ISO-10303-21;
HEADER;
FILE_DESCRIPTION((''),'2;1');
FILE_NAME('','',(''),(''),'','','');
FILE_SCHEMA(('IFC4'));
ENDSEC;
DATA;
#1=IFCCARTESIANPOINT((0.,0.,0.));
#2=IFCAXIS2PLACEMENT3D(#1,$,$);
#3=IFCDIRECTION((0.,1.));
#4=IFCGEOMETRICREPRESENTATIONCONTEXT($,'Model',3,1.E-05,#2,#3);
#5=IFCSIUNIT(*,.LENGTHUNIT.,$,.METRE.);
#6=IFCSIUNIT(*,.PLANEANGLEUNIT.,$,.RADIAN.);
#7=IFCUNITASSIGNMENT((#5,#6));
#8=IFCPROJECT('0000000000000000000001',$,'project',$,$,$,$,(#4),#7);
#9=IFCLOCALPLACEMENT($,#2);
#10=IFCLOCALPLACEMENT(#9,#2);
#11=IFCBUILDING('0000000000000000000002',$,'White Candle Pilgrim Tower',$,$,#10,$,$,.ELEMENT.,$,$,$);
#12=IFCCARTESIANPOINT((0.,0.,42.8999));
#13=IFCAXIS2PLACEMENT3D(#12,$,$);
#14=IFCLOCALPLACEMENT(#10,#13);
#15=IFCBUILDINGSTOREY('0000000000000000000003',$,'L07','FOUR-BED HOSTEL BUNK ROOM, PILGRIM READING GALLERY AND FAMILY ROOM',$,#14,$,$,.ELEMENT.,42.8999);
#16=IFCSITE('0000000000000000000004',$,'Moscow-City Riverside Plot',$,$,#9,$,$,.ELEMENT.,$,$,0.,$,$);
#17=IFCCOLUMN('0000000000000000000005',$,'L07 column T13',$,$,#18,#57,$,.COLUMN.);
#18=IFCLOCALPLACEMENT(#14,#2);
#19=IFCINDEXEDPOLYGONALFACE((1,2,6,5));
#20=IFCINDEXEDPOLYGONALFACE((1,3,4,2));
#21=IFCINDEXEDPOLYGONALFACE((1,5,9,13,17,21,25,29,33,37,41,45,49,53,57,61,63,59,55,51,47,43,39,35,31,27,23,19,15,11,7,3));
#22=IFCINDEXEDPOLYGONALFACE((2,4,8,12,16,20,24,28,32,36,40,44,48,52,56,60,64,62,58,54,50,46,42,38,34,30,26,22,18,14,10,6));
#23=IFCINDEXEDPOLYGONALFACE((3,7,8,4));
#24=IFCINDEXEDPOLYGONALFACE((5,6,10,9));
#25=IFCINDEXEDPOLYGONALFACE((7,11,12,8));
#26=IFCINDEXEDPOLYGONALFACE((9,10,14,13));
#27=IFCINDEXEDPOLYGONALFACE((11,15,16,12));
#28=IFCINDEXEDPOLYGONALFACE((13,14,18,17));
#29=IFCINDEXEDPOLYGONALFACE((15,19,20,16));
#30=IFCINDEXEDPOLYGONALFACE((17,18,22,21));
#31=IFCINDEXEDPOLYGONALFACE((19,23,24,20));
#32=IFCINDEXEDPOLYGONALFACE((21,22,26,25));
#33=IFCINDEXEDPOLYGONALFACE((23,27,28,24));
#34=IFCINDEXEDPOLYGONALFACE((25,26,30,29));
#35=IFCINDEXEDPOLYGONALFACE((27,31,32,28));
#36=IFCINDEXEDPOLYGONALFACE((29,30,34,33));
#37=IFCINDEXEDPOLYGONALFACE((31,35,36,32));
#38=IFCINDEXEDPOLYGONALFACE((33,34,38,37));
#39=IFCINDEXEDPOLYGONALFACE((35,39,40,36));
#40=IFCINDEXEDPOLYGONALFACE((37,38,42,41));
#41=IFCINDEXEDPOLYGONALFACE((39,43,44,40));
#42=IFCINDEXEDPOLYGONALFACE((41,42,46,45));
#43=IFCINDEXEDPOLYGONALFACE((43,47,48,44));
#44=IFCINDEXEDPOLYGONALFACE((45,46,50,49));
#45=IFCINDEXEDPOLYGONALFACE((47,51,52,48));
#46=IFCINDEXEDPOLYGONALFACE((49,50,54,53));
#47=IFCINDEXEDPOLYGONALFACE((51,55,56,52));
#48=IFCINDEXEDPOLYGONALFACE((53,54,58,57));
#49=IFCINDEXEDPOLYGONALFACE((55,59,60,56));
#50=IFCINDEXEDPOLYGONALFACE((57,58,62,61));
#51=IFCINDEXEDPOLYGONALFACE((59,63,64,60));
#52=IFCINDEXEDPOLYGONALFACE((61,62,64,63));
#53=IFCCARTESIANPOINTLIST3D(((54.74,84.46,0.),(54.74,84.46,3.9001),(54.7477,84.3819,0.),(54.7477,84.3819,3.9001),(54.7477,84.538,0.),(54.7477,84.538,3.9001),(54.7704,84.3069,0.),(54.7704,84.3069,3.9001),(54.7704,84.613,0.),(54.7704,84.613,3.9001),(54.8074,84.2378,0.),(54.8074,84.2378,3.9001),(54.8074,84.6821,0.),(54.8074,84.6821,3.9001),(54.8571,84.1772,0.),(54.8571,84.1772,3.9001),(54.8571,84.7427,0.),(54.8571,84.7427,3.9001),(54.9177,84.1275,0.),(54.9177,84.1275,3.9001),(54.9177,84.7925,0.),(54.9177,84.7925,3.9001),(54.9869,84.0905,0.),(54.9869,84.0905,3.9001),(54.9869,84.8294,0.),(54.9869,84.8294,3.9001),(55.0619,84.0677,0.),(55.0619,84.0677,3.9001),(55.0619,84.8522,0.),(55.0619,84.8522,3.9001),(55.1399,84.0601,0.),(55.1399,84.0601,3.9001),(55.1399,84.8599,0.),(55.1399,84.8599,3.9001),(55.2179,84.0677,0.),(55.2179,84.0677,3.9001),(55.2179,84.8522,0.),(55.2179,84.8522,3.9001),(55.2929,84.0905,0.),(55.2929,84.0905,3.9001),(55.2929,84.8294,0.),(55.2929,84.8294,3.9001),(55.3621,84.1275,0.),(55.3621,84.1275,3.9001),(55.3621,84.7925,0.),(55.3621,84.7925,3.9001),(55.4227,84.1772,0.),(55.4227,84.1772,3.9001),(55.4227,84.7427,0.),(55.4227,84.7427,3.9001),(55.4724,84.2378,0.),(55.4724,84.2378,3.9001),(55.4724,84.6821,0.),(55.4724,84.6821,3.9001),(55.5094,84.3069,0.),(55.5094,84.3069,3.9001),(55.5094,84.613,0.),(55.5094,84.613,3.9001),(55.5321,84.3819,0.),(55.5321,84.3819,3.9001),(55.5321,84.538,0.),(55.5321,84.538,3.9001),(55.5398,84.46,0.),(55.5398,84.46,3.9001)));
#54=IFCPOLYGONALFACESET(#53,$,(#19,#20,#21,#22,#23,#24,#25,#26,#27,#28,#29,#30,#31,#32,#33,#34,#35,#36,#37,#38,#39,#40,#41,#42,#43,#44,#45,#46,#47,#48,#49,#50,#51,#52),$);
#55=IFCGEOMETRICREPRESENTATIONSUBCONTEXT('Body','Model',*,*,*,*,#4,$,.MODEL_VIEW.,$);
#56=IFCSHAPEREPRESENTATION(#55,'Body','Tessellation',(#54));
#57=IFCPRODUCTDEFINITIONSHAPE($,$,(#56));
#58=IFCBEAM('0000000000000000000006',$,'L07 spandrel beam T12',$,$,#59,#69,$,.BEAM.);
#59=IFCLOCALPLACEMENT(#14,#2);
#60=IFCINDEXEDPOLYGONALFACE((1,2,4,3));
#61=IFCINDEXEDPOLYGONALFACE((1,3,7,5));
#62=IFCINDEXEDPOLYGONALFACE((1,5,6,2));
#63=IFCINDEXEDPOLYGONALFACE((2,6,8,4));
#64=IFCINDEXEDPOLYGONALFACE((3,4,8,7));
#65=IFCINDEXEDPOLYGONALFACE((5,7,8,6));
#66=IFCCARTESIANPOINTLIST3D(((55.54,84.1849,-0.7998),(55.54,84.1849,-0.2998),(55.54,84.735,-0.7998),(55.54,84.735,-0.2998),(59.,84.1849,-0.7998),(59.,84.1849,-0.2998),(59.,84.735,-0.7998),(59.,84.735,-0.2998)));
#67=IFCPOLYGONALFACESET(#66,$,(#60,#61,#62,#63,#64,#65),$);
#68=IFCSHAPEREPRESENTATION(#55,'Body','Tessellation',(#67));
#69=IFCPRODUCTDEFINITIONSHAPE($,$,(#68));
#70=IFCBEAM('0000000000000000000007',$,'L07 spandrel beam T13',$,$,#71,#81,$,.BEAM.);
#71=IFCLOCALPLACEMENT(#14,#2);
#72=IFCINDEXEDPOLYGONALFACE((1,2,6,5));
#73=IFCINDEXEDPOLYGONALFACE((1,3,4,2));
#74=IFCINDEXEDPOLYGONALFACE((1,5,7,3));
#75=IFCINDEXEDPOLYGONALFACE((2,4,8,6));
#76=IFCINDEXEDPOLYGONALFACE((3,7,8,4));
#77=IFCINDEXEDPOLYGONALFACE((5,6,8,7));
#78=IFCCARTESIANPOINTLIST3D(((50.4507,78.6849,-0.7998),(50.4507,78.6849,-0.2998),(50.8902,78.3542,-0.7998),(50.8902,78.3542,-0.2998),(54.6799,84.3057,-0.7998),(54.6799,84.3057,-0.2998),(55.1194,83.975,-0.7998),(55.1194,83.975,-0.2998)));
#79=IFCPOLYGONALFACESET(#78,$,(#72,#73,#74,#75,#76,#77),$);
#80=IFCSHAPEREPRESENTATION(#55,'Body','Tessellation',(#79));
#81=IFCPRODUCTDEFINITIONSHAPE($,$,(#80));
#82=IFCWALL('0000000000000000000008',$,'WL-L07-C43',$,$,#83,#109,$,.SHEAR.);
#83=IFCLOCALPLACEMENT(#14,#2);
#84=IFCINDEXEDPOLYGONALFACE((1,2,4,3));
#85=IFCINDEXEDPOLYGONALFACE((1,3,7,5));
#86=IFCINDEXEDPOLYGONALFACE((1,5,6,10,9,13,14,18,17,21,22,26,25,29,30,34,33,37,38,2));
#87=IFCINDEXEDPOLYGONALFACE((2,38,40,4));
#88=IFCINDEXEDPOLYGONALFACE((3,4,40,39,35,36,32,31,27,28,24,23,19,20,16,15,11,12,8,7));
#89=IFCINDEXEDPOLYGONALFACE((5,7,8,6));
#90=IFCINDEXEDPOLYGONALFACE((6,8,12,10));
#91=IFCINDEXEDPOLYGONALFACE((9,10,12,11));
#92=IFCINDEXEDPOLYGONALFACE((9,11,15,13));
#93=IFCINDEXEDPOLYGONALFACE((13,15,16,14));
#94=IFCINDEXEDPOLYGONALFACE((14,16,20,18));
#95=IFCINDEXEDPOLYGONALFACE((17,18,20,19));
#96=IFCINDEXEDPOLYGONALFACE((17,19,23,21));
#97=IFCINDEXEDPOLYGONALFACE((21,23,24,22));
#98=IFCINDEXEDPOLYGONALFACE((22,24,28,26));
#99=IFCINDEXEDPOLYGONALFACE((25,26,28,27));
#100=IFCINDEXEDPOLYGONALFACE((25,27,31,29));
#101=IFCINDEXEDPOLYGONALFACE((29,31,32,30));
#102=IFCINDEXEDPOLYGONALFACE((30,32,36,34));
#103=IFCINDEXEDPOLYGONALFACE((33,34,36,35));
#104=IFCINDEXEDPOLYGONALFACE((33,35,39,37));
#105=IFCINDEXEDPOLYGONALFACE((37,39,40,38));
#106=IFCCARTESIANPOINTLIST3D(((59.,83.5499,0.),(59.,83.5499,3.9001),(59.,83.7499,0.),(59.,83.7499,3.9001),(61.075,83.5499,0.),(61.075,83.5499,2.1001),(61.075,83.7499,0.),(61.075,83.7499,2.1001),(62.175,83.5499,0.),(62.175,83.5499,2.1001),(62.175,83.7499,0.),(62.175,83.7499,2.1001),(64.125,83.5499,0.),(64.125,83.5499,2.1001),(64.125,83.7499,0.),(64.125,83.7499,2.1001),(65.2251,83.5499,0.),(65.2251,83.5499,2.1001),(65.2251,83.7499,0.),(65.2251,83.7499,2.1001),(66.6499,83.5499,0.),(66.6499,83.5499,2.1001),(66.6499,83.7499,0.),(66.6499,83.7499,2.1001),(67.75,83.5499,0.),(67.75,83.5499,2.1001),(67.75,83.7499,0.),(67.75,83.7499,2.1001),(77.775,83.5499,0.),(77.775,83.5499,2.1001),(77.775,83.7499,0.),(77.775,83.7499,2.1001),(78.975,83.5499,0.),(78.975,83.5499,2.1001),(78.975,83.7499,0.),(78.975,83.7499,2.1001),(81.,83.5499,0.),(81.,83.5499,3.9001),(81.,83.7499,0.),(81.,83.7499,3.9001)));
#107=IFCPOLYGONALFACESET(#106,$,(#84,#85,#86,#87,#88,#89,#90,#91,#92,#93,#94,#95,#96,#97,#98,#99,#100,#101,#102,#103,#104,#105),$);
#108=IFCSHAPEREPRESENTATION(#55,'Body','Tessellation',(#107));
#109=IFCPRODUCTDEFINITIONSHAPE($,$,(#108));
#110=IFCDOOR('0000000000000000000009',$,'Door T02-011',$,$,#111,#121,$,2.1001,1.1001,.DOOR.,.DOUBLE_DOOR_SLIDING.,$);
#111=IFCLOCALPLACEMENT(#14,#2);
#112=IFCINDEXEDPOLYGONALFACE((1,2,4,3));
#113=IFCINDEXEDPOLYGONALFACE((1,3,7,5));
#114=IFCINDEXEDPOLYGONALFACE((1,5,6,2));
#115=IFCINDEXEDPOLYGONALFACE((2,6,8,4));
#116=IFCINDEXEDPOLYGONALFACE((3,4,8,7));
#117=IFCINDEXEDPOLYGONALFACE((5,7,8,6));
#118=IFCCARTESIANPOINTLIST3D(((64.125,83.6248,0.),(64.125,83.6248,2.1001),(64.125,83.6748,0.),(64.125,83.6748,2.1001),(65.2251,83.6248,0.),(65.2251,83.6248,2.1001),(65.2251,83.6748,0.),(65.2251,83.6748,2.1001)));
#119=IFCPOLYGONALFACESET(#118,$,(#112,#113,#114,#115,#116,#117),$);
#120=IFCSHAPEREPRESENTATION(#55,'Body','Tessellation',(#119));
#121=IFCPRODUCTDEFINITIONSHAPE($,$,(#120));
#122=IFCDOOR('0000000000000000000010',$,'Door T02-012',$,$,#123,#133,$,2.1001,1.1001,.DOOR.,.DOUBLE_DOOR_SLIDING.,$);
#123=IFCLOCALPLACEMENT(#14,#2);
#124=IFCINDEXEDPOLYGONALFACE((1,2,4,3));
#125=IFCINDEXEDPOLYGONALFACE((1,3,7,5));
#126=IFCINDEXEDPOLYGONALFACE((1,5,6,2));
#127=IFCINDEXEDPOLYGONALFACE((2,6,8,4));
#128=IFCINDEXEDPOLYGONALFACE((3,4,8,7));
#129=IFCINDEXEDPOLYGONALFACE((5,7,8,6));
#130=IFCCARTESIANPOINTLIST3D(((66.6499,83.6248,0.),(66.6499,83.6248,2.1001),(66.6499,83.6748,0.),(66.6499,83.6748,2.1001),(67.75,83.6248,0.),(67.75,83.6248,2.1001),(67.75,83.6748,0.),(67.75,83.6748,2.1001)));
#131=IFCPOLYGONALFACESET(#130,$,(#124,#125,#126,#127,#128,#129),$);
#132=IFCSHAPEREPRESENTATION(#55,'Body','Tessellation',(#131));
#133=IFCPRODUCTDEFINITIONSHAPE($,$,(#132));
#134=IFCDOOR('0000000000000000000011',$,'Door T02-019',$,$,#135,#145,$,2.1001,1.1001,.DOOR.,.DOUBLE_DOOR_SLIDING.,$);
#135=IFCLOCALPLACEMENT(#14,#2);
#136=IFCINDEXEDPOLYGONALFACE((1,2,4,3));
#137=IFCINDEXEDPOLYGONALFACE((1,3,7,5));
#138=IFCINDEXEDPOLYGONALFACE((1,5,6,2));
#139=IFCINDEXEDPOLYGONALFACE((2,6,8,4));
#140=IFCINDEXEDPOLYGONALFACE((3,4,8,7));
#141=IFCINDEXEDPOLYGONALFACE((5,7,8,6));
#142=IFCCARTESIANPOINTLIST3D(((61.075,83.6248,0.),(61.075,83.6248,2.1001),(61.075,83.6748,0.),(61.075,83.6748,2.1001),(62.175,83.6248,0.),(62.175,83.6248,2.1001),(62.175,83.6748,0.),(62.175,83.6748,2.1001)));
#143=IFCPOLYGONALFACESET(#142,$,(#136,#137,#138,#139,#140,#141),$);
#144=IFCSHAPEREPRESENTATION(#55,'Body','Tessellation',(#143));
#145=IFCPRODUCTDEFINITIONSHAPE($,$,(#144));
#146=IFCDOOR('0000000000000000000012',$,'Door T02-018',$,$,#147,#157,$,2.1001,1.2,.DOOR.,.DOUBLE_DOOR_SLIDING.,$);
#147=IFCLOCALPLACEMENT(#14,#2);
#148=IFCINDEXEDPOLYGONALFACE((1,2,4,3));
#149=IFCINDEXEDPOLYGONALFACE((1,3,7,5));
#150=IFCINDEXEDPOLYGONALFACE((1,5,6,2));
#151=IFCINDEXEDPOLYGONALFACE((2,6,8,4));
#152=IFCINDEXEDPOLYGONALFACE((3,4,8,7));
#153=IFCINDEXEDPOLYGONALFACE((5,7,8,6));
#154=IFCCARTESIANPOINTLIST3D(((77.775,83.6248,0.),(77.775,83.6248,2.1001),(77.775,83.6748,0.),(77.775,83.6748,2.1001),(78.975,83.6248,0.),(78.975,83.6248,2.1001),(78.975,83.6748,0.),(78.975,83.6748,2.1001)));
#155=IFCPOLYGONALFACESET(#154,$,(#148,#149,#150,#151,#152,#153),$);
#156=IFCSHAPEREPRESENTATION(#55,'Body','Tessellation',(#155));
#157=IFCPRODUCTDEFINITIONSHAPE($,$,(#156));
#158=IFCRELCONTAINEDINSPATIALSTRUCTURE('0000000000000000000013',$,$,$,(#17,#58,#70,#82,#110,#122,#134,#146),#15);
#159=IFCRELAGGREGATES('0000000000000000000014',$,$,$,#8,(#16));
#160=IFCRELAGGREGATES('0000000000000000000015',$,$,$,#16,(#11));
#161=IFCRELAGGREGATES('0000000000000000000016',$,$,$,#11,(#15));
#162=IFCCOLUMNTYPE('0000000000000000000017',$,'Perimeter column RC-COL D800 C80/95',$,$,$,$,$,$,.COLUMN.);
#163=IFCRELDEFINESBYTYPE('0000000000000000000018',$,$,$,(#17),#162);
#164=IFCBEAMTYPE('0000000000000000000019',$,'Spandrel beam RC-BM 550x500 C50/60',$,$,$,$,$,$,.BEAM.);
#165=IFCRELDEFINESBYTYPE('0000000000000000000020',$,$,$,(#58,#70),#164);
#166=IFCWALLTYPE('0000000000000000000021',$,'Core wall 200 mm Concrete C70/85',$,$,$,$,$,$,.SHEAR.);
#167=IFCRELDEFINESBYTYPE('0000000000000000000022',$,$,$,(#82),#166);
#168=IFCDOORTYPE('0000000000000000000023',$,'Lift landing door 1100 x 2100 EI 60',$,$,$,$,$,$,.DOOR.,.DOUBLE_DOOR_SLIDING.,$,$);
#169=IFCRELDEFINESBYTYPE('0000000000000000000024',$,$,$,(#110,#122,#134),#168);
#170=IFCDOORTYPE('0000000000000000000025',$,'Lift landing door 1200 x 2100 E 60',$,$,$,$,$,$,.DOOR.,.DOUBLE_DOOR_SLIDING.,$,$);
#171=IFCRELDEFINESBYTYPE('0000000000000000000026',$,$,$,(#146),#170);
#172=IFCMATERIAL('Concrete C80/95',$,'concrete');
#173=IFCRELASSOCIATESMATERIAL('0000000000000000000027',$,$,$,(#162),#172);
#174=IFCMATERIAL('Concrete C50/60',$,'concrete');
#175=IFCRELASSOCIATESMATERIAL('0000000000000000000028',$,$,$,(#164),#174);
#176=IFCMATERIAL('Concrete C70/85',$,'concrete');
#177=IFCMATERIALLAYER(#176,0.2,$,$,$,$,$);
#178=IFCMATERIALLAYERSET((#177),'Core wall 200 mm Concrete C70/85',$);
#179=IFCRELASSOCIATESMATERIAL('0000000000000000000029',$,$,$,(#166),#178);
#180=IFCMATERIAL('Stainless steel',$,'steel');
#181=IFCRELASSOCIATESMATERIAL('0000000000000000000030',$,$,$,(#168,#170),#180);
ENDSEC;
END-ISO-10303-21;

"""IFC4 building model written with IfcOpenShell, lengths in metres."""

from ifc_helpers import new_model, si_unit, direction, frame, frame_2d, origin, origin_2d, place, context, subcontext, project, spatial, rectangle, circle, extrude, material, layer, layer_set, material_profile, profile_set, type_object, element, fill, save


model = new_model("IFC4")

# Units and contexts
model_context = context("Model", 3, precision=1e-05, world=origin(), true_north=direction((0.0, 1.0)))
body_context = subcontext(model_context, "Body", "Model", "MODEL_VIEW")
ifc_project = project(units=[si_unit("LENGTHUNIT", "METRE"), si_unit("PLANEANGLEUNIT", "RADIAN")], contexts=[model_context])

# Site, building, storey
site_placement = place(None, origin())
site = spatial("IfcSite", under=ifc_project, at=site_placement, Name="Moscow-City Riverside Plot", CompositionType="ELEMENT", RefElevation=0.0)
building_placement = place(site_placement, origin())
building = spatial("IfcBuilding", under=site, at=building_placement, Name="White Candle Pilgrim Tower", CompositionType="ELEMENT")
storey_placement = place(building_placement, frame((0.0, 0.0, 42.8999)))
storey = spatial("IfcBuildingStorey", under=building, at=storey_placement, Name="L07", Description="FOUR-BED HOSTEL BUNK ROOM, PILGRIM READING GALLERY AND FAMILY ROOM", CompositionType="ELEMENT", Elevation=42.8999)

# Column
ifc_material_1 = material(Name="Concrete C80/95", Category="concrete")
ifc_material_profile_1 = material_profile(ifc_material_1, circle(Radius=0.3999, at=origin_2d()), Name="RC-COL D800")
ifc_profile_set_1 = profile_set([ifc_material_profile_1], Name="Concrete C80/95")
column_type = type_object("IfcColumnType", Name="Perimeter column RC-COL D800 C80/95", PredefinedType="COLUMN", material=ifc_profile_set_1)
column_placement = place(storey_placement, frame((55.1399, 84.46, 0.0), z_axis=(0.0, 0.0, 1.0), x_axis=(1.0, 0.0, 0.0)))
element("IfcColumn", 1, at=column_placement, inside=storey, type_object=column_type, Name="L07 column T13", PredefinedType="COLUMN", context=body_context, shape_type="SweptSolid", body=[
    extrude(circle(Radius=0.3999, at=origin_2d()), origin(), (0.0, 0.0, 1.0), 3.9001),
])

# Beams
ifc_material_2 = material(Name="Concrete C50/60", Category="concrete")
ifc_material_profile_2 = material_profile(ifc_material_2, rectangle(XDim=0.55, YDim=0.5, at=origin_2d()), Name="RC-BM 550x500")
ifc_profile_set_2 = profile_set([ifc_material_profile_2], Name="Concrete C50/60")
beam_type = type_object("IfcBeamType", Name="Spandrel beam RC-BM 550x500 C50/60", PredefinedType="BEAM", material=ifc_profile_set_2)
beam_1_placement = place(storey_placement, frame((55.54, 84.46, -0.5498), z_axis=(1.0, 0.0, 0.0), x_axis=(0.0, 1.0, 0.0)))
element("IfcBeam", 2, at=beam_1_placement, inside=storey, type_object=beam_type, Name="L07 spandrel beam T12", PredefinedType="BEAM", context=body_context, shape_type="SweptSolid", body=[
    extrude(rectangle(XDim=0.55, YDim=0.5, at=origin_2d()), origin(), (0.0, 0.0, 1.0), 3.46),
])
beam_2_placement = place(storey_placement, frame((54.8997, 84.1404, -0.5498), z_axis=(-0.601238, -0.79907, 0.0), x_axis=(0.79907, -0.601238, 0.0)))
element("IfcBeam", 3, at=beam_2_placement, inside=storey, type_object=beam_type, Name="L07 spandrel beam T13", PredefinedType="BEAM", context=body_context, shape_type="SweptSolid", body=[
    extrude(rectangle(XDim=0.55, YDim=0.5, at=origin_2d()), origin(), (0.0, 0.0, 1.0), 7.0342),
])

# Wall, openings, doors
ifc_material_3 = material(Name="Concrete C70/85", Category="concrete")
ifc_layer_1 = layer(ifc_material_3, 0.2)
ifc_layer_set_1 = layer_set([ifc_layer_1], Name="Core wall 200 mm Concrete C70/85")
wall_type_1 = type_object("IfcWallType", Name="Core wall 200 mm Concrete C70/85", PredefinedType="SHEAR", material=ifc_layer_set_1)
wall_1_placement = place(storey_placement, frame((59.0, 83.6499, 0.0), z_axis=(0.0, 0.0, 1.0), x_axis=(1.0, 0.0, 0.0)))
wall_1 = element("IfcWall", 4, at=wall_1_placement, inside=storey, type_object=wall_type_1, Name="WL-L07-C43", PredefinedType="SHEAR", context=body_context, shape_type="SweptSolid", body=[
    extrude(rectangle(XDim=22.0, YDim=0.2, at=frame_2d((11.0, 0.0))), origin(), (0.0, 0.0, 1.0), 3.9001),
])
opening_1_placement = place(wall_1_placement, frame((5.125, 0.0, 0.0)))
opening_1 = element("IfcOpeningElement", 5, at=opening_1_placement, cuts=wall_1, PredefinedType="OPENING", context=body_context, shape_type="SweptSolid", body=[
    extrude(rectangle(XDim=1.1001, YDim=2.1001, at=frame_2d((0.55, 1.05))), frame((0.0, 0.1099, 0.0), z_axis=(0.0, -1.0, 0.0), x_axis=(1.0, 0.0, 0.0)), (0.0, 0.0, 1.0), 0.22),
])
opening_2_placement = place(wall_1_placement, frame((7.6499, 0.0, 0.0)))
opening_2 = element("IfcOpeningElement", 6, at=opening_2_placement, cuts=wall_1, PredefinedType="OPENING", context=body_context, shape_type="SweptSolid", body=[
    extrude(rectangle(XDim=1.1001, YDim=2.1001, at=frame_2d((0.55, 1.05))), frame((0.0, 0.1099, 0.0), z_axis=(0.0, -1.0, 0.0), x_axis=(1.0, 0.0, 0.0)), (0.0, 0.0, 1.0), 0.22),
])
opening_3_placement = place(wall_1_placement, frame((18.7749, 0.0, 0.0)))
opening_3 = element("IfcOpeningElement", 7, at=opening_3_placement, cuts=wall_1, PredefinedType="OPENING", context=body_context, shape_type="SweptSolid", body=[
    extrude(rectangle(XDim=1.2, YDim=2.1001, at=frame_2d((0.6001, 1.05))), frame((0.0, 0.1099, 0.0), z_axis=(0.0, -1.0, 0.0), x_axis=(1.0, 0.0, 0.0)), (0.0, 0.0, 1.0), 0.22),
])
opening_4_placement = place(wall_1_placement, frame((2.075, 0.0, 0.0)))
opening_4 = element("IfcOpeningElement", 8, at=opening_4_placement, cuts=wall_1, PredefinedType="OPENING", context=body_context, shape_type="SweptSolid", body=[
    extrude(rectangle(XDim=1.1001, YDim=2.1001, at=frame_2d((0.55, 1.05))), frame((0.0, 0.1099, 0.0), z_axis=(0.0, -1.0, 0.0), x_axis=(1.0, 0.0, 0.0)), (0.0, 0.0, 1.0), 0.22),
])
ifc_material_4 = material(Name="Stainless steel", Category="steel")
door_type_1 = type_object("IfcDoorType", Name="Lift landing door 1100 x 2100 EI 60", OperationType="DOUBLE_DOOR_SLIDING", PredefinedType="DOOR", material=ifc_material_4)
door_1_placement = place(opening_1_placement, origin())
door_1 = element("IfcDoor", 9, at=door_1_placement, inside=storey, type_object=door_type_1, Name="Door T02-011", OperationType="DOUBLE_DOOR_SLIDING", OverallHeight=2.1001, OverallWidth=1.1001, PredefinedType="DOOR", context=body_context, shape_type="SweptSolid", body=[
    extrude(rectangle(XDim=1.1001, YDim=2.1001, at=frame_2d((0.55, 1.05))), frame((0.0, 0.0249, 0.0), z_axis=(0.0, -1.0, 0.0), x_axis=(1.0, 0.0, 0.0)), (0.0, 0.0, 1.0), 0.05),
])
fill(opening_1, door_1)
door_2_placement = place(opening_2_placement, origin())
door_2 = element("IfcDoor", 10, at=door_2_placement, inside=storey, type_object=door_type_1, Name="Door T02-012", OperationType="DOUBLE_DOOR_SLIDING", OverallHeight=2.1001, OverallWidth=1.1001, PredefinedType="DOOR", context=body_context, shape_type="SweptSolid", body=[
    extrude(rectangle(XDim=1.1001, YDim=2.1001, at=frame_2d((0.55, 1.05))), frame((0.0, 0.0249, 0.0), z_axis=(0.0, -1.0, 0.0), x_axis=(1.0, 0.0, 0.0)), (0.0, 0.0, 1.0), 0.05),
])
fill(opening_2, door_2)
door_3_placement = place(opening_4_placement, origin())
door_3 = element("IfcDoor", 11, at=door_3_placement, inside=storey, type_object=door_type_1, Name="Door T02-019", OperationType="DOUBLE_DOOR_SLIDING", OverallHeight=2.1001, OverallWidth=1.1001, PredefinedType="DOOR", context=body_context, shape_type="SweptSolid", body=[
    extrude(rectangle(XDim=1.1001, YDim=2.1001, at=frame_2d((0.55, 1.05))), frame((0.0, 0.0249, 0.0), z_axis=(0.0, -1.0, 0.0), x_axis=(1.0, 0.0, 0.0)), (0.0, 0.0, 1.0), 0.05),
])
fill(opening_4, door_3)
door_type_2 = type_object("IfcDoorType", Name="Lift landing door 1200 x 2100 E 60", OperationType="DOUBLE_DOOR_SLIDING", PredefinedType="DOOR", material=ifc_material_4)
door_4_placement = place(opening_3_placement, origin())
door_4 = element("IfcDoor", 12, at=door_4_placement, inside=storey, type_object=door_type_2, Name="Door T02-018", OperationType="DOUBLE_DOOR_SLIDING", OverallHeight=2.1001, OverallWidth=1.2, PredefinedType="DOOR", context=body_context, shape_type="SweptSolid", body=[
    extrude(rectangle(XDim=1.2, YDim=2.1001, at=frame_2d((0.6001, 1.05))), frame((0.0, 0.0249, 0.0), z_axis=(0.0, -1.0, 0.0), x_axis=(1.0, 0.0, 0.0)), (0.0, 0.0, 1.0), 0.05),
])
fill(opening_3, door_4)

save(model, "model.ifc")
